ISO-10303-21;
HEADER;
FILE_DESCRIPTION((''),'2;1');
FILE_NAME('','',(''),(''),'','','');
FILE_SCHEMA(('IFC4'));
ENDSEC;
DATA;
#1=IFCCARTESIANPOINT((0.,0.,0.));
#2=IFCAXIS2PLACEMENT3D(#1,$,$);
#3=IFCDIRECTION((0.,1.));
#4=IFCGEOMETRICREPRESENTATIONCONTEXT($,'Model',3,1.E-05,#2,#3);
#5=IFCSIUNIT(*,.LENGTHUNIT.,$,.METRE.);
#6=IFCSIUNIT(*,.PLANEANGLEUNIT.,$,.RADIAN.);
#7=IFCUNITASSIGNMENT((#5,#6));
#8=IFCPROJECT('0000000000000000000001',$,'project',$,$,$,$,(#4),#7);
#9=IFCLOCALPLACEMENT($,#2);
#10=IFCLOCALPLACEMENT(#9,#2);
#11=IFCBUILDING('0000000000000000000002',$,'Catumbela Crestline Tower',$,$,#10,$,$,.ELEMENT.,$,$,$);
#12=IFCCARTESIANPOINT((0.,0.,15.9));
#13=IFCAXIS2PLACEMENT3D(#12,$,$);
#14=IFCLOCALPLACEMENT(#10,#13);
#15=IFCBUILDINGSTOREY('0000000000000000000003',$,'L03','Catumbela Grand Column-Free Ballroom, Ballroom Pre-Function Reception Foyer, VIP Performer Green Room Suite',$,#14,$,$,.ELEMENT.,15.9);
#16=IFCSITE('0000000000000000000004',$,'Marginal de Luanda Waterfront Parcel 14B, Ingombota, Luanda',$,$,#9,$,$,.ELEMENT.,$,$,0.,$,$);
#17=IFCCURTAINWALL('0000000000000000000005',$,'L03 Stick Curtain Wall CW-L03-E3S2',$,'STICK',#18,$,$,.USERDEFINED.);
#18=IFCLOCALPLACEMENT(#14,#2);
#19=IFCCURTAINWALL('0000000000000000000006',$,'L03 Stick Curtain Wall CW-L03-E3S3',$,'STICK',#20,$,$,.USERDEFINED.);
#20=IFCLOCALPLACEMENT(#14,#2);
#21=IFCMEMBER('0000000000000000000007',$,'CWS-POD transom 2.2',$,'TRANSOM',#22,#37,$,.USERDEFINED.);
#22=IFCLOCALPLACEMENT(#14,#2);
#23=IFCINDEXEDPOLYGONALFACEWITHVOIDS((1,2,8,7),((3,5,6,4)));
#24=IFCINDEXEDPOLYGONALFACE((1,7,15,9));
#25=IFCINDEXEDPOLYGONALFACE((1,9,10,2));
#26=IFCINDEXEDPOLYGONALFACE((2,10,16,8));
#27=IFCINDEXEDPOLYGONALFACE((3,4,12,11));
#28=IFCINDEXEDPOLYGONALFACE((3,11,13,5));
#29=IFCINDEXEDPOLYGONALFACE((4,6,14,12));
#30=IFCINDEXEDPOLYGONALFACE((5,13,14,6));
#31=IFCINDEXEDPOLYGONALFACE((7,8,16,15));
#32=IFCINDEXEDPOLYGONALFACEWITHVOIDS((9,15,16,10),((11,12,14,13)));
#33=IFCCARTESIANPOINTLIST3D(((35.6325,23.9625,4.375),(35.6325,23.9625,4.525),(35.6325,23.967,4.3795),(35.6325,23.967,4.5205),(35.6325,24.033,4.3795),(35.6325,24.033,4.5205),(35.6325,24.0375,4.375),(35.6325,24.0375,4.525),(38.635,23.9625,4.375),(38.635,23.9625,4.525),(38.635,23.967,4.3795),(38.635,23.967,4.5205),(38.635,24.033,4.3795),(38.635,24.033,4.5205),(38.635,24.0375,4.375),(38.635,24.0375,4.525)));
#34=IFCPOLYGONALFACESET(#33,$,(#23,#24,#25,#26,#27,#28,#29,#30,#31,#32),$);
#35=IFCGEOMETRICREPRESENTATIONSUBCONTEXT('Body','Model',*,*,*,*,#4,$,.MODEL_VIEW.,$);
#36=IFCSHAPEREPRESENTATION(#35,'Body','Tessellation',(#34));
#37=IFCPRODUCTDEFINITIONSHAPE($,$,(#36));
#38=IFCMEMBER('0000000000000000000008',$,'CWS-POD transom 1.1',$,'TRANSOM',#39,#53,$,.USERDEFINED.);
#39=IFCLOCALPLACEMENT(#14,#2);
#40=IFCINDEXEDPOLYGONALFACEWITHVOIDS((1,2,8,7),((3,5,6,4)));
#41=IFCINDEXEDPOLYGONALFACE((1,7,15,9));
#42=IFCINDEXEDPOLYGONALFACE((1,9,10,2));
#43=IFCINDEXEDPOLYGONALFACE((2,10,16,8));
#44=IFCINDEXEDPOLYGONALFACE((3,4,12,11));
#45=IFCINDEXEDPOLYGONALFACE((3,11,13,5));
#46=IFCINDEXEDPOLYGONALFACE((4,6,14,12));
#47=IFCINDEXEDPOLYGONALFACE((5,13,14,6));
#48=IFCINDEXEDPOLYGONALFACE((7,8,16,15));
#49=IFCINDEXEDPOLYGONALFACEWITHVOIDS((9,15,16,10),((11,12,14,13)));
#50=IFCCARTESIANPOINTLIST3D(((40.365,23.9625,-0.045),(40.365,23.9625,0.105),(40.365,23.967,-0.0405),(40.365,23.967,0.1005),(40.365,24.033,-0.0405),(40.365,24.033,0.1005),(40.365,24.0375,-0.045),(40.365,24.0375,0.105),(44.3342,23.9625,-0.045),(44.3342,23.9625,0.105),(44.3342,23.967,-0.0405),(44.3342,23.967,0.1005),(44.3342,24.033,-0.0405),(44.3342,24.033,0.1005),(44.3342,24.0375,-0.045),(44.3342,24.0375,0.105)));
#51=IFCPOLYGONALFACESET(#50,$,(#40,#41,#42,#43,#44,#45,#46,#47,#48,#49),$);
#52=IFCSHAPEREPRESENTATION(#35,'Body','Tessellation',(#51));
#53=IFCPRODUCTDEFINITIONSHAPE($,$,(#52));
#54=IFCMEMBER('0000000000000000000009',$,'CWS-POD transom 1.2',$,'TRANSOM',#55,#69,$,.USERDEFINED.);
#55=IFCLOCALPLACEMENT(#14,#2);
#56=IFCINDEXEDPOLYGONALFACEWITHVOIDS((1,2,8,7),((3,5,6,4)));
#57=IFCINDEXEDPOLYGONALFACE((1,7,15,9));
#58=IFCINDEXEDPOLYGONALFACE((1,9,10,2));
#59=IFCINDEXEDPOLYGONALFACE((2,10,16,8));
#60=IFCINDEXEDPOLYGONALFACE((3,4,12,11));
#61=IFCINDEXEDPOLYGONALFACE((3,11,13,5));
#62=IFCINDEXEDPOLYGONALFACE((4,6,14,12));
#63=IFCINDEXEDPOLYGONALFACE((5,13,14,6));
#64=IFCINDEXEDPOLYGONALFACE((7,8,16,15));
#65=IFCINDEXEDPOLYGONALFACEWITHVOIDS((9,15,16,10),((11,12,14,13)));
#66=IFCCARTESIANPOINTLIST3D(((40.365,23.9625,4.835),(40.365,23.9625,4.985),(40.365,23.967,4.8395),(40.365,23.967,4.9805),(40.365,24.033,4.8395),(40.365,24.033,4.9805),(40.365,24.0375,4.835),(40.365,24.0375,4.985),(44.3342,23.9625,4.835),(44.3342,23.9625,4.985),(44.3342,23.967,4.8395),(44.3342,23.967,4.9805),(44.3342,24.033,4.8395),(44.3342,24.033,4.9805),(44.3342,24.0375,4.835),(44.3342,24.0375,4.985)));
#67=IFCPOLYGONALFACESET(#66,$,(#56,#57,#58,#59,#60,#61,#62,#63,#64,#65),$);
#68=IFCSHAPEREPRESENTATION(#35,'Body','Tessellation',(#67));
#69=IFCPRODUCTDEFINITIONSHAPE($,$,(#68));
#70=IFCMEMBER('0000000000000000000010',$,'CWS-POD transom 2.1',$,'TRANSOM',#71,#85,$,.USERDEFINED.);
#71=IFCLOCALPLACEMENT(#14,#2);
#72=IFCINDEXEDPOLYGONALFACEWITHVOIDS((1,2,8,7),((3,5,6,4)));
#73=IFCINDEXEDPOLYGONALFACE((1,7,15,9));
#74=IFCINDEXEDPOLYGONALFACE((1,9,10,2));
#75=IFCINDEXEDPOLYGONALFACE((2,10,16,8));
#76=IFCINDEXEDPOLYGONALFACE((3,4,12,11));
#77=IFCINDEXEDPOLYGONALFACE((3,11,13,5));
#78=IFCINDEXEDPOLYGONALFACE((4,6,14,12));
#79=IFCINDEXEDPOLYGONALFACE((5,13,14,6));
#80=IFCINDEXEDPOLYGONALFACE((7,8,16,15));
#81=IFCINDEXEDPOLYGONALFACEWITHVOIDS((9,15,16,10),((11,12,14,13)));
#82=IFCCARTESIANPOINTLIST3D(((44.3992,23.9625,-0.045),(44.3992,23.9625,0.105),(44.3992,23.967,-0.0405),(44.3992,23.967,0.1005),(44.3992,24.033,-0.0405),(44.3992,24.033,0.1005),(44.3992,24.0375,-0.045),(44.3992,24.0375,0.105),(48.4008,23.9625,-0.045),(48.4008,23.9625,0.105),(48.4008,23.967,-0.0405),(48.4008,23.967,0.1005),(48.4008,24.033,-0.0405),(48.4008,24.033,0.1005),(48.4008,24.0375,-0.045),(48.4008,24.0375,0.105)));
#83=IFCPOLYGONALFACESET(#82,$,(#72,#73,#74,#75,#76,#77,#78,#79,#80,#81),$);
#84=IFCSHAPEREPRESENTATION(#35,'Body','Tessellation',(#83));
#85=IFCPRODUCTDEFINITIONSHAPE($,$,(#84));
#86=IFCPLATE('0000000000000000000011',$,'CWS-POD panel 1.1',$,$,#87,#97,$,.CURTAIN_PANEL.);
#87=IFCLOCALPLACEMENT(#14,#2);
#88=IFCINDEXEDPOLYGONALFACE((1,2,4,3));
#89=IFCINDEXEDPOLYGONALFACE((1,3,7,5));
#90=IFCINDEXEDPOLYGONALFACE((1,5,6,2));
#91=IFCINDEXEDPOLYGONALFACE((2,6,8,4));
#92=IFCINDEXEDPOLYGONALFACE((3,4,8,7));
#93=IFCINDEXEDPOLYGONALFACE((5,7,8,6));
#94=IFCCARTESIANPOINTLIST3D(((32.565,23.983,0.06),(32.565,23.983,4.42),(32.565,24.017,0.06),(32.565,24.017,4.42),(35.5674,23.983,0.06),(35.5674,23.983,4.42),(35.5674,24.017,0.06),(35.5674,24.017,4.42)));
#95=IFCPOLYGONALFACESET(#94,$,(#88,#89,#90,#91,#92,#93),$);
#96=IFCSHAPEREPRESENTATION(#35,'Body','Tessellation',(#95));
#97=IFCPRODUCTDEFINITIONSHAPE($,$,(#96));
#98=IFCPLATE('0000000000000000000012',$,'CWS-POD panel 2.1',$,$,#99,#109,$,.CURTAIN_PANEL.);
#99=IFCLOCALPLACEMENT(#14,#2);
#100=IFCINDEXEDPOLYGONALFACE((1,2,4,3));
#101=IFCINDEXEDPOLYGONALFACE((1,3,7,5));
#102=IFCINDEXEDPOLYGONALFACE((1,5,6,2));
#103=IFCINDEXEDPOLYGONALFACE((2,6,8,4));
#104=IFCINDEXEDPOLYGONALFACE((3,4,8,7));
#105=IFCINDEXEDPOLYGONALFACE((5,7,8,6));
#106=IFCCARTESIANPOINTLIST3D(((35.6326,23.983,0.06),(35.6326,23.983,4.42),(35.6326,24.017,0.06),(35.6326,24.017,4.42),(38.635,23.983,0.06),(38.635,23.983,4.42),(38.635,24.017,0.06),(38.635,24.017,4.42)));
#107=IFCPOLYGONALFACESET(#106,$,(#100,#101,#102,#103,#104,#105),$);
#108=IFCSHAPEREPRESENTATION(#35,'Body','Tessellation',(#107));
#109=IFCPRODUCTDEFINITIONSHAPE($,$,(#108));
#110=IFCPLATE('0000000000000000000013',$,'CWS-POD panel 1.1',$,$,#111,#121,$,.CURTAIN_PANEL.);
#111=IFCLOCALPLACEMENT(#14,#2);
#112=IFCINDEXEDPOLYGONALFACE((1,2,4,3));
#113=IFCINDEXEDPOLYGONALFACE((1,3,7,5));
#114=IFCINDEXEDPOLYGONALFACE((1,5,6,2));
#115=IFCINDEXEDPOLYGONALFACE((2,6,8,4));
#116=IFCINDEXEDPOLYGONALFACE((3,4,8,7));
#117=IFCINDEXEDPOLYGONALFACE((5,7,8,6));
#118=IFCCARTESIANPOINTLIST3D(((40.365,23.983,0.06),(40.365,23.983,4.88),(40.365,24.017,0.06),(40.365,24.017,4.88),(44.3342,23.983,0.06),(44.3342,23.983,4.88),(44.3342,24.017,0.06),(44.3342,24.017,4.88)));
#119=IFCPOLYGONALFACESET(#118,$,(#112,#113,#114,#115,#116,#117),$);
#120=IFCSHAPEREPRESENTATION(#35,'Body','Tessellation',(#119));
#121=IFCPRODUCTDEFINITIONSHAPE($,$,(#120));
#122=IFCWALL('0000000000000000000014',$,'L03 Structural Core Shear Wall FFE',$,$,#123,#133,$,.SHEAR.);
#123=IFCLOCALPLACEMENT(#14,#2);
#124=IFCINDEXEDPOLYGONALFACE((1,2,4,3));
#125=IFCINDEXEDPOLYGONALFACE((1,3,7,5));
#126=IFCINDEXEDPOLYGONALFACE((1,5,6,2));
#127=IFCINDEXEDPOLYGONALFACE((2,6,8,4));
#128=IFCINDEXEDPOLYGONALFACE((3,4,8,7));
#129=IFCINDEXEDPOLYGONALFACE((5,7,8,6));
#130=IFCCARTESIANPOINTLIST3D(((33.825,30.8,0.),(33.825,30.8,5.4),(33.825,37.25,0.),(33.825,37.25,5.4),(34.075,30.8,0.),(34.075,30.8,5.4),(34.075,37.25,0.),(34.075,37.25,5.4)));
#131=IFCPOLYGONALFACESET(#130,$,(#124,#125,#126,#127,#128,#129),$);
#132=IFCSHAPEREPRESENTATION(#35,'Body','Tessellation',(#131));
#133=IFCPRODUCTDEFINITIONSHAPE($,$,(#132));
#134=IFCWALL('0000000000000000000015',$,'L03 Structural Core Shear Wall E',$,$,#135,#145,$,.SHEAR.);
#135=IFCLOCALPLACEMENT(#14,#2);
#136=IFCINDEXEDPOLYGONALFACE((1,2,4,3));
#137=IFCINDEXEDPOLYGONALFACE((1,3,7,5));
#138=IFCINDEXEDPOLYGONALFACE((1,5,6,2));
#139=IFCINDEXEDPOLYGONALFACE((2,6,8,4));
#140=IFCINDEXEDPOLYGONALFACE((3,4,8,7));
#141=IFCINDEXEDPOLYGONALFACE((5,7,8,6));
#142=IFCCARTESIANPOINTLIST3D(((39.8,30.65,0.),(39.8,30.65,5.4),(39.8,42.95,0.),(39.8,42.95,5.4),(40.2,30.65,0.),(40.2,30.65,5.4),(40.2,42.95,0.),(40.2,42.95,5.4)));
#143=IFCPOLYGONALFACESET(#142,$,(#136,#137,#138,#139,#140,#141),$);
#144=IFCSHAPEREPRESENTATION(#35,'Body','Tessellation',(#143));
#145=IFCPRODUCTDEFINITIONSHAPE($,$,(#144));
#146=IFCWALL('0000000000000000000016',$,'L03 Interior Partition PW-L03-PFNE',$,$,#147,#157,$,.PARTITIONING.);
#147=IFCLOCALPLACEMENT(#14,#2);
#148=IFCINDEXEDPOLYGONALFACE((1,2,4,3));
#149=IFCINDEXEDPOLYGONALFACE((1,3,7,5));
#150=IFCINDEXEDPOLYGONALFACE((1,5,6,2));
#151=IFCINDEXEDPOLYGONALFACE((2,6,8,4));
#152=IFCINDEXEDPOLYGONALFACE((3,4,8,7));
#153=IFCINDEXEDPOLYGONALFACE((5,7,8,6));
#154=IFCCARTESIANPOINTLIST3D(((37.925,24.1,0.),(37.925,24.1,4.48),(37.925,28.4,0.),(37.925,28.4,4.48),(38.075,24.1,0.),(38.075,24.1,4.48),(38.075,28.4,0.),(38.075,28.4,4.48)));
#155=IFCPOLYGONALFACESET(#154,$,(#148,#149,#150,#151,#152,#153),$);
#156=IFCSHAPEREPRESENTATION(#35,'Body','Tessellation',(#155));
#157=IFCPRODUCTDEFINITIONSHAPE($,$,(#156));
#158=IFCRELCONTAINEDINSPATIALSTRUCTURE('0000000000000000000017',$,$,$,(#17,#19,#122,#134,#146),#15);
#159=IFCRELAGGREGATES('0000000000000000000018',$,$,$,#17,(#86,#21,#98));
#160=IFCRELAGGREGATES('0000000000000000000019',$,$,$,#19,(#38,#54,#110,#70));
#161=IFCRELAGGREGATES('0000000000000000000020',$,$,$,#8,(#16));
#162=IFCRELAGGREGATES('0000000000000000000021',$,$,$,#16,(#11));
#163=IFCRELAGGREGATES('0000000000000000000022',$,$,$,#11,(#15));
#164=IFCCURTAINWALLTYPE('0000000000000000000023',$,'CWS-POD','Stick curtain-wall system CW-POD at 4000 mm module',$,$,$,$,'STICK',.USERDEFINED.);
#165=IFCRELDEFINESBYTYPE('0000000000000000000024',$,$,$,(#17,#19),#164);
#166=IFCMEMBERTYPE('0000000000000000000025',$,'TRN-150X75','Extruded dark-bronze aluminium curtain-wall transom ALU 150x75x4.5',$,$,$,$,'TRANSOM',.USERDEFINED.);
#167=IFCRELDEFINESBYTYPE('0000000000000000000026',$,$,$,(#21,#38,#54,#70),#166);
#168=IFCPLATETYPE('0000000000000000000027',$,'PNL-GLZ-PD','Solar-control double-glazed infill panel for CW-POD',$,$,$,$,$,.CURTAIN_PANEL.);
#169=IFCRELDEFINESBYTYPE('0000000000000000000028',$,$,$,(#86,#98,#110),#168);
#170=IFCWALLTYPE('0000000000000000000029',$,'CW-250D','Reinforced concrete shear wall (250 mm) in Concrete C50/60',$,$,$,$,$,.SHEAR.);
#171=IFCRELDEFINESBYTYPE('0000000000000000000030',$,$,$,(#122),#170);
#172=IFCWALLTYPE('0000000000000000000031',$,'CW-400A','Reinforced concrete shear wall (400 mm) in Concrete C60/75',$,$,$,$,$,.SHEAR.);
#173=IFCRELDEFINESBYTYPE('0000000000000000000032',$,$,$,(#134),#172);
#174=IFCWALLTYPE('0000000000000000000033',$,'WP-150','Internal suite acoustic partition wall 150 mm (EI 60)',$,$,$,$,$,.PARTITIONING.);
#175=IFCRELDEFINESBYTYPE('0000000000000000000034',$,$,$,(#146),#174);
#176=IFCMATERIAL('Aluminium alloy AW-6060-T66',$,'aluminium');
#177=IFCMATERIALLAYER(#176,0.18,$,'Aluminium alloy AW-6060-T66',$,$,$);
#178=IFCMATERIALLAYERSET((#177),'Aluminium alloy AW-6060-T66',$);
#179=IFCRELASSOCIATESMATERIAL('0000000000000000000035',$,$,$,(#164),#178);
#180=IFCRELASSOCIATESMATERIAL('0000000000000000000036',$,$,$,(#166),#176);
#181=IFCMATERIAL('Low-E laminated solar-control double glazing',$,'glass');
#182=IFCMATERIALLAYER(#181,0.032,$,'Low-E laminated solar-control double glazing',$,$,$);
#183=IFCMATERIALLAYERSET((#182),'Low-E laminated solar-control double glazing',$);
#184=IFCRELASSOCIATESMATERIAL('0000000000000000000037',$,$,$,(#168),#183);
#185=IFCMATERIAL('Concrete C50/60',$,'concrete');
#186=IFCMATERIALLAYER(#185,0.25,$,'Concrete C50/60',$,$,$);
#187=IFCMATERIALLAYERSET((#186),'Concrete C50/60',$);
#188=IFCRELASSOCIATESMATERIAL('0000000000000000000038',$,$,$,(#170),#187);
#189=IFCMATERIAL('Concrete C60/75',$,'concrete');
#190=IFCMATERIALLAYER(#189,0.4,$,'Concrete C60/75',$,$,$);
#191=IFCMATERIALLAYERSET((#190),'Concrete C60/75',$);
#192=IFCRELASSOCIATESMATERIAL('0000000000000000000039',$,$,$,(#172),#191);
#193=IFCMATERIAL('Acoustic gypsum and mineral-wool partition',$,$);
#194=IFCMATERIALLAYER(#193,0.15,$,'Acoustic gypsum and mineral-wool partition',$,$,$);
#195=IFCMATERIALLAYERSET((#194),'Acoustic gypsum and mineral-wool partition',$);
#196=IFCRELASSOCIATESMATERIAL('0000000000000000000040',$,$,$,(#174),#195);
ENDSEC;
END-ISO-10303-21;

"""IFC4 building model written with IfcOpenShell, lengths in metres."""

from ifc_helpers import new_model, si_unit, direction, frame, frame_2d, origin, origin_2d, place, context, subcontext, project, spatial, rectangle, hollow_rectangle, extrude, material, layer, layer_set, material_profile, profile_set, type_object, element, aggregate, save


model = new_model("IFC4")

# Units and contexts
model_context = context("Model", 3, precision=1e-05, world=origin(), true_north=direction((0.0, 1.0)))
body_context = subcontext(model_context, "Body", "Model", "MODEL_VIEW")
ifc_project = project(units=[si_unit("LENGTHUNIT", "METRE"), si_unit("PLANEANGLEUNIT", "RADIAN")], contexts=[model_context])

# Site, building, storey
site_placement = place(None, origin())
site = spatial("IfcSite", under=ifc_project, at=site_placement, Name="Marginal de Luanda Waterfront Parcel 14B, Ingombota, Luanda", CompositionType="ELEMENT", RefElevation=0.0)
building_placement = place(site_placement, origin())
building = spatial("IfcBuilding", under=site, at=building_placement, Name="Catumbela Crestline Tower", CompositionType="ELEMENT")
storey_placement = place(building_placement, frame((0.0, 0.0, 15.9)))
storey = spatial("IfcBuildingStorey", under=building, at=storey_placement, Name="L03", Description="Catumbela Grand Column-Free Ballroom, Ballroom Pre-Function Reception Foyer, VIP Performer Green Room Suite", CompositionType="ELEMENT", Elevation=15.9)

# Shared definitions
ifc_material_1 = material(Name="Concrete C60/75", Category="concrete")

# Curtain walls
ifc_material_2 = material(Name="Aluminium alloy AW-6060-T66", Category="aluminium")
ifc_layer_1 = layer(ifc_material_2, 0.18, Name="Aluminium alloy AW-6060-T66")
ifc_layer_set_1 = layer_set([ifc_layer_1], Name="Aluminium alloy AW-6060-T66")
curtain_wall_type = type_object("IfcCurtainWallType", Name="CWS-POD", Description="Stick curtain-wall system CW-POD at 4000 mm module", ElementType="STICK", PredefinedType="USERDEFINED", material=ifc_layer_set_1)
curtain_wall_1_placement = place(storey_placement, origin())
curtain_wall_1 = element("IfcCurtainWall", 1, at=curtain_wall_1_placement, inside=storey, type_object=curtain_wall_type, Name="L03 Stick Curtain Wall CW-L03-E3S2", ObjectType="STICK", PredefinedType="USERDEFINED")
curtain_wall_2_placement = place(storey_placement, origin())
curtain_wall_2 = element("IfcCurtainWall", 2, at=curtain_wall_2_placement, inside=storey, type_object=curtain_wall_type, Name="L03 Stick Curtain Wall CW-L03-E3S3", ObjectType="STICK", PredefinedType="USERDEFINED")

# Members
ifc_material_profile_1 = material_profile(ifc_material_2, hollow_rectangle(XDim=0.075, YDim=0.15, WallThickness=0.0045, at=origin_2d()), Name="ALU 150x75x4.5")
ifc_profile_set_1 = profile_set([ifc_material_profile_1], Name="Aluminium alloy AW-6060-T66")
member_type_1 = type_object("IfcMemberType", Name="TRN-150X75", Description="Extruded dark-bronze aluminium curtain-wall transom ALU 150x75x4.5", ElementType="TRANSOM", PredefinedType="USERDEFINED", material=ifc_profile_set_1)
member_1_placement = place(storey_placement, frame((35.6325, 24.0, 4.45), z_axis=(1.0, 0.0, 0.0), x_axis=(0.0, 1.0, 0.0)))
member_1 = element("IfcMember", 3, at=member_1_placement, type_object=member_type_1, Name="CWS-POD transom 2.2", ObjectType="TRANSOM", PredefinedType="USERDEFINED", context=body_context, shape_type="SweptSolid", body=[
    extrude(hollow_rectangle(XDim=0.075, YDim=0.15, WallThickness=0.0045, at=origin_2d()), origin(), (0.0, 0.0, 1.0), 3.0025),
])
member_2_placement = place(storey_placement, frame((40.365, 24.0, 0.03), z_axis=(1.0, 0.0, 0.0), x_axis=(0.0, 1.0, 0.0)))
member_2 = element("IfcMember", 4, at=member_2_placement, type_object=member_type_1, Name="CWS-POD transom 1.1", ObjectType="TRANSOM", PredefinedType="USERDEFINED", context=body_context, shape_type="SweptSolid", body=[
    extrude(hollow_rectangle(XDim=0.075, YDim=0.15, WallThickness=0.0045, at=origin_2d()), origin(), (0.0, 0.0, 1.0), 3.9692),
])
member_3_placement = place(storey_placement, frame((40.365, 24.0, 4.91), z_axis=(1.0, 0.0, 0.0), x_axis=(0.0, 1.0, 0.0)))
member_3 = element("IfcMember", 5, at=member_3_placement, type_object=member_type_1, Name="CWS-POD transom 1.2", ObjectType="TRANSOM", PredefinedType="USERDEFINED", context=body_context, shape_type="SweptSolid", body=[
    extrude(hollow_rectangle(XDim=0.075, YDim=0.15, WallThickness=0.0045, at=origin_2d()), origin(), (0.0, 0.0, 1.0), 3.9692),
])
member_4_placement = place(storey_placement, frame((44.3992, 24.0, 0.03), z_axis=(1.0, 0.0, 0.0), x_axis=(0.0, 1.0, 0.0)))
member_4 = element("IfcMember", 6, at=member_4_placement, type_object=member_type_1, Name="CWS-POD transom 2.1", ObjectType="TRANSOM", PredefinedType="USERDEFINED", context=body_context, shape_type="SweptSolid", body=[
    extrude(hollow_rectangle(XDim=0.075, YDim=0.15, WallThickness=0.0045, at=origin_2d()), origin(), (0.0, 0.0, 1.0), 4.0016),
])

# Plates
ifc_material_3 = material(Name="Low-E laminated solar-control double glazing", Category="glass")
ifc_layer_2 = layer(ifc_material_3, 0.032, Name="Low-E laminated solar-control double glazing")
ifc_layer_set_2 = layer_set([ifc_layer_2], Name="Low-E laminated solar-control double glazing")
plate_type = type_object("IfcPlateType", Name="PNL-GLZ-PD", Description="Solar-control double-glazed infill panel for CW-POD", PredefinedType="CURTAIN_PANEL", material=ifc_layer_set_2)
plate_1_placement = place(storey_placement, frame((34.0662, 24.0, 0.06), z_axis=(0.0, 0.0, 1.0), x_axis=(1.0, 0.0, 0.0)))
plate_1 = element("IfcPlate", 7, at=plate_1_placement, type_object=plate_type, Name="CWS-POD panel 1.1", PredefinedType="CURTAIN_PANEL", context=body_context, shape_type="SweptSolid", body=[
    extrude(rectangle(XDim=3.0025, YDim=0.034, at=origin_2d()), origin(), (0.0, 0.0, 1.0), 4.36),
])
plate_2_placement = place(storey_placement, frame((37.1338, 24.0, 0.06), z_axis=(0.0, 0.0, 1.0), x_axis=(1.0, 0.0, 0.0)))
plate_2 = element("IfcPlate", 8, at=plate_2_placement, type_object=plate_type, Name="CWS-POD panel 2.1", PredefinedType="CURTAIN_PANEL", context=body_context, shape_type="SweptSolid", body=[
    extrude(rectangle(XDim=3.0025, YDim=0.034, at=origin_2d()), origin(), (0.0, 0.0, 1.0), 4.36),
])
aggregate(curtain_wall_1, [plate_1, member_1, plate_2])
plate_3_placement = place(storey_placement, frame((42.3496, 24.0, 0.06), z_axis=(0.0, 0.0, 1.0), x_axis=(1.0, 0.0, 0.0)))
plate_3 = element("IfcPlate", 9, at=plate_3_placement, type_object=plate_type, Name="CWS-POD panel 1.1", PredefinedType="CURTAIN_PANEL", context=body_context, shape_type="SweptSolid", body=[
    extrude(rectangle(XDim=3.9692, YDim=0.034, at=origin_2d()), origin(), (0.0, 0.0, 1.0), 4.82),
])
aggregate(curtain_wall_2, [member_2, member_3, plate_3, member_4])

# Walls
ifc_material_4 = material(Name="Concrete C50/60", Category="concrete")
ifc_layer_3 = layer(ifc_material_4, 0.25, Name="Concrete C50/60")
ifc_layer_set_3 = layer_set([ifc_layer_3], Name="Concrete C50/60")
wall_type_1 = type_object("IfcWallType", Name="CW-250D", Description="Reinforced concrete shear wall (250 mm) in Concrete C50/60", PredefinedType="SHEAR", material=ifc_layer_set_3)
wall_1_placement = place(storey_placement, frame((33.95, 30.8, 0.0), z_axis=(0.0, 0.0, 1.0), x_axis=(0.0, 1.0, 0.0)))
element("IfcWall", 10, at=wall_1_placement, inside=storey, type_object=wall_type_1, Name="L03 Structural Core Shear Wall FFE", PredefinedType="SHEAR", context=body_context, shape_type="SweptSolid", body=[
    extrude(rectangle(XDim=6.45, YDim=0.25, at=frame_2d((3.225, 0.0))), origin(), (0.0, 0.0, 1.0), 5.4),
])
ifc_layer_4 = layer(ifc_material_1, 0.4, Name="Concrete C60/75")
ifc_layer_set_4 = layer_set([ifc_layer_4], Name="Concrete C60/75")
wall_type_2 = type_object("IfcWallType", Name="CW-400A", Description="Reinforced concrete shear wall (400 mm) in Concrete C60/75", PredefinedType="SHEAR", material=ifc_layer_set_4)
wall_2_placement = place(storey_placement, frame((40.0, 30.65, 0.0), z_axis=(0.0, 0.0, 1.0), x_axis=(0.0, 1.0, 0.0)))
element("IfcWall", 11, at=wall_2_placement, inside=storey, type_object=wall_type_2, Name="L03 Structural Core Shear Wall E", PredefinedType="SHEAR", context=body_context, shape_type="SweptSolid", body=[
    extrude(rectangle(XDim=12.3, YDim=0.4, at=frame_2d((6.15, 0.0))), origin(), (0.0, 0.0, 1.0), 5.4),
])
ifc_material_5 = material(Name="Acoustic gypsum and mineral-wool partition")
ifc_layer_5 = layer(ifc_material_5, 0.15, Name="Acoustic gypsum and mineral-wool partition")
ifc_layer_set_5 = layer_set([ifc_layer_5], Name="Acoustic gypsum and mineral-wool partition")
wall_type_3 = type_object("IfcWallType", Name="WP-150", Description="Internal suite acoustic partition wall 150 mm (EI 60)", PredefinedType="PARTITIONING", material=ifc_layer_set_5)
wall_3_placement = place(storey_placement, frame((38.0, 24.1, 0.0), z_axis=(0.0, 0.0, 1.0), x_axis=(0.0, 1.0, 0.0)))
element("IfcWall", 12, at=wall_3_placement, inside=storey, type_object=wall_type_3, Name="L03 Interior Partition PW-L03-PFNE", PredefinedType="PARTITIONING", context=body_context, shape_type="SweptSolid", body=[
    extrude(rectangle(XDim=4.3, YDim=0.15, at=frame_2d((2.15, 0.0))), origin(), (0.0, 0.0, 1.0), 4.48),
])

save(model, "model.ifc")
